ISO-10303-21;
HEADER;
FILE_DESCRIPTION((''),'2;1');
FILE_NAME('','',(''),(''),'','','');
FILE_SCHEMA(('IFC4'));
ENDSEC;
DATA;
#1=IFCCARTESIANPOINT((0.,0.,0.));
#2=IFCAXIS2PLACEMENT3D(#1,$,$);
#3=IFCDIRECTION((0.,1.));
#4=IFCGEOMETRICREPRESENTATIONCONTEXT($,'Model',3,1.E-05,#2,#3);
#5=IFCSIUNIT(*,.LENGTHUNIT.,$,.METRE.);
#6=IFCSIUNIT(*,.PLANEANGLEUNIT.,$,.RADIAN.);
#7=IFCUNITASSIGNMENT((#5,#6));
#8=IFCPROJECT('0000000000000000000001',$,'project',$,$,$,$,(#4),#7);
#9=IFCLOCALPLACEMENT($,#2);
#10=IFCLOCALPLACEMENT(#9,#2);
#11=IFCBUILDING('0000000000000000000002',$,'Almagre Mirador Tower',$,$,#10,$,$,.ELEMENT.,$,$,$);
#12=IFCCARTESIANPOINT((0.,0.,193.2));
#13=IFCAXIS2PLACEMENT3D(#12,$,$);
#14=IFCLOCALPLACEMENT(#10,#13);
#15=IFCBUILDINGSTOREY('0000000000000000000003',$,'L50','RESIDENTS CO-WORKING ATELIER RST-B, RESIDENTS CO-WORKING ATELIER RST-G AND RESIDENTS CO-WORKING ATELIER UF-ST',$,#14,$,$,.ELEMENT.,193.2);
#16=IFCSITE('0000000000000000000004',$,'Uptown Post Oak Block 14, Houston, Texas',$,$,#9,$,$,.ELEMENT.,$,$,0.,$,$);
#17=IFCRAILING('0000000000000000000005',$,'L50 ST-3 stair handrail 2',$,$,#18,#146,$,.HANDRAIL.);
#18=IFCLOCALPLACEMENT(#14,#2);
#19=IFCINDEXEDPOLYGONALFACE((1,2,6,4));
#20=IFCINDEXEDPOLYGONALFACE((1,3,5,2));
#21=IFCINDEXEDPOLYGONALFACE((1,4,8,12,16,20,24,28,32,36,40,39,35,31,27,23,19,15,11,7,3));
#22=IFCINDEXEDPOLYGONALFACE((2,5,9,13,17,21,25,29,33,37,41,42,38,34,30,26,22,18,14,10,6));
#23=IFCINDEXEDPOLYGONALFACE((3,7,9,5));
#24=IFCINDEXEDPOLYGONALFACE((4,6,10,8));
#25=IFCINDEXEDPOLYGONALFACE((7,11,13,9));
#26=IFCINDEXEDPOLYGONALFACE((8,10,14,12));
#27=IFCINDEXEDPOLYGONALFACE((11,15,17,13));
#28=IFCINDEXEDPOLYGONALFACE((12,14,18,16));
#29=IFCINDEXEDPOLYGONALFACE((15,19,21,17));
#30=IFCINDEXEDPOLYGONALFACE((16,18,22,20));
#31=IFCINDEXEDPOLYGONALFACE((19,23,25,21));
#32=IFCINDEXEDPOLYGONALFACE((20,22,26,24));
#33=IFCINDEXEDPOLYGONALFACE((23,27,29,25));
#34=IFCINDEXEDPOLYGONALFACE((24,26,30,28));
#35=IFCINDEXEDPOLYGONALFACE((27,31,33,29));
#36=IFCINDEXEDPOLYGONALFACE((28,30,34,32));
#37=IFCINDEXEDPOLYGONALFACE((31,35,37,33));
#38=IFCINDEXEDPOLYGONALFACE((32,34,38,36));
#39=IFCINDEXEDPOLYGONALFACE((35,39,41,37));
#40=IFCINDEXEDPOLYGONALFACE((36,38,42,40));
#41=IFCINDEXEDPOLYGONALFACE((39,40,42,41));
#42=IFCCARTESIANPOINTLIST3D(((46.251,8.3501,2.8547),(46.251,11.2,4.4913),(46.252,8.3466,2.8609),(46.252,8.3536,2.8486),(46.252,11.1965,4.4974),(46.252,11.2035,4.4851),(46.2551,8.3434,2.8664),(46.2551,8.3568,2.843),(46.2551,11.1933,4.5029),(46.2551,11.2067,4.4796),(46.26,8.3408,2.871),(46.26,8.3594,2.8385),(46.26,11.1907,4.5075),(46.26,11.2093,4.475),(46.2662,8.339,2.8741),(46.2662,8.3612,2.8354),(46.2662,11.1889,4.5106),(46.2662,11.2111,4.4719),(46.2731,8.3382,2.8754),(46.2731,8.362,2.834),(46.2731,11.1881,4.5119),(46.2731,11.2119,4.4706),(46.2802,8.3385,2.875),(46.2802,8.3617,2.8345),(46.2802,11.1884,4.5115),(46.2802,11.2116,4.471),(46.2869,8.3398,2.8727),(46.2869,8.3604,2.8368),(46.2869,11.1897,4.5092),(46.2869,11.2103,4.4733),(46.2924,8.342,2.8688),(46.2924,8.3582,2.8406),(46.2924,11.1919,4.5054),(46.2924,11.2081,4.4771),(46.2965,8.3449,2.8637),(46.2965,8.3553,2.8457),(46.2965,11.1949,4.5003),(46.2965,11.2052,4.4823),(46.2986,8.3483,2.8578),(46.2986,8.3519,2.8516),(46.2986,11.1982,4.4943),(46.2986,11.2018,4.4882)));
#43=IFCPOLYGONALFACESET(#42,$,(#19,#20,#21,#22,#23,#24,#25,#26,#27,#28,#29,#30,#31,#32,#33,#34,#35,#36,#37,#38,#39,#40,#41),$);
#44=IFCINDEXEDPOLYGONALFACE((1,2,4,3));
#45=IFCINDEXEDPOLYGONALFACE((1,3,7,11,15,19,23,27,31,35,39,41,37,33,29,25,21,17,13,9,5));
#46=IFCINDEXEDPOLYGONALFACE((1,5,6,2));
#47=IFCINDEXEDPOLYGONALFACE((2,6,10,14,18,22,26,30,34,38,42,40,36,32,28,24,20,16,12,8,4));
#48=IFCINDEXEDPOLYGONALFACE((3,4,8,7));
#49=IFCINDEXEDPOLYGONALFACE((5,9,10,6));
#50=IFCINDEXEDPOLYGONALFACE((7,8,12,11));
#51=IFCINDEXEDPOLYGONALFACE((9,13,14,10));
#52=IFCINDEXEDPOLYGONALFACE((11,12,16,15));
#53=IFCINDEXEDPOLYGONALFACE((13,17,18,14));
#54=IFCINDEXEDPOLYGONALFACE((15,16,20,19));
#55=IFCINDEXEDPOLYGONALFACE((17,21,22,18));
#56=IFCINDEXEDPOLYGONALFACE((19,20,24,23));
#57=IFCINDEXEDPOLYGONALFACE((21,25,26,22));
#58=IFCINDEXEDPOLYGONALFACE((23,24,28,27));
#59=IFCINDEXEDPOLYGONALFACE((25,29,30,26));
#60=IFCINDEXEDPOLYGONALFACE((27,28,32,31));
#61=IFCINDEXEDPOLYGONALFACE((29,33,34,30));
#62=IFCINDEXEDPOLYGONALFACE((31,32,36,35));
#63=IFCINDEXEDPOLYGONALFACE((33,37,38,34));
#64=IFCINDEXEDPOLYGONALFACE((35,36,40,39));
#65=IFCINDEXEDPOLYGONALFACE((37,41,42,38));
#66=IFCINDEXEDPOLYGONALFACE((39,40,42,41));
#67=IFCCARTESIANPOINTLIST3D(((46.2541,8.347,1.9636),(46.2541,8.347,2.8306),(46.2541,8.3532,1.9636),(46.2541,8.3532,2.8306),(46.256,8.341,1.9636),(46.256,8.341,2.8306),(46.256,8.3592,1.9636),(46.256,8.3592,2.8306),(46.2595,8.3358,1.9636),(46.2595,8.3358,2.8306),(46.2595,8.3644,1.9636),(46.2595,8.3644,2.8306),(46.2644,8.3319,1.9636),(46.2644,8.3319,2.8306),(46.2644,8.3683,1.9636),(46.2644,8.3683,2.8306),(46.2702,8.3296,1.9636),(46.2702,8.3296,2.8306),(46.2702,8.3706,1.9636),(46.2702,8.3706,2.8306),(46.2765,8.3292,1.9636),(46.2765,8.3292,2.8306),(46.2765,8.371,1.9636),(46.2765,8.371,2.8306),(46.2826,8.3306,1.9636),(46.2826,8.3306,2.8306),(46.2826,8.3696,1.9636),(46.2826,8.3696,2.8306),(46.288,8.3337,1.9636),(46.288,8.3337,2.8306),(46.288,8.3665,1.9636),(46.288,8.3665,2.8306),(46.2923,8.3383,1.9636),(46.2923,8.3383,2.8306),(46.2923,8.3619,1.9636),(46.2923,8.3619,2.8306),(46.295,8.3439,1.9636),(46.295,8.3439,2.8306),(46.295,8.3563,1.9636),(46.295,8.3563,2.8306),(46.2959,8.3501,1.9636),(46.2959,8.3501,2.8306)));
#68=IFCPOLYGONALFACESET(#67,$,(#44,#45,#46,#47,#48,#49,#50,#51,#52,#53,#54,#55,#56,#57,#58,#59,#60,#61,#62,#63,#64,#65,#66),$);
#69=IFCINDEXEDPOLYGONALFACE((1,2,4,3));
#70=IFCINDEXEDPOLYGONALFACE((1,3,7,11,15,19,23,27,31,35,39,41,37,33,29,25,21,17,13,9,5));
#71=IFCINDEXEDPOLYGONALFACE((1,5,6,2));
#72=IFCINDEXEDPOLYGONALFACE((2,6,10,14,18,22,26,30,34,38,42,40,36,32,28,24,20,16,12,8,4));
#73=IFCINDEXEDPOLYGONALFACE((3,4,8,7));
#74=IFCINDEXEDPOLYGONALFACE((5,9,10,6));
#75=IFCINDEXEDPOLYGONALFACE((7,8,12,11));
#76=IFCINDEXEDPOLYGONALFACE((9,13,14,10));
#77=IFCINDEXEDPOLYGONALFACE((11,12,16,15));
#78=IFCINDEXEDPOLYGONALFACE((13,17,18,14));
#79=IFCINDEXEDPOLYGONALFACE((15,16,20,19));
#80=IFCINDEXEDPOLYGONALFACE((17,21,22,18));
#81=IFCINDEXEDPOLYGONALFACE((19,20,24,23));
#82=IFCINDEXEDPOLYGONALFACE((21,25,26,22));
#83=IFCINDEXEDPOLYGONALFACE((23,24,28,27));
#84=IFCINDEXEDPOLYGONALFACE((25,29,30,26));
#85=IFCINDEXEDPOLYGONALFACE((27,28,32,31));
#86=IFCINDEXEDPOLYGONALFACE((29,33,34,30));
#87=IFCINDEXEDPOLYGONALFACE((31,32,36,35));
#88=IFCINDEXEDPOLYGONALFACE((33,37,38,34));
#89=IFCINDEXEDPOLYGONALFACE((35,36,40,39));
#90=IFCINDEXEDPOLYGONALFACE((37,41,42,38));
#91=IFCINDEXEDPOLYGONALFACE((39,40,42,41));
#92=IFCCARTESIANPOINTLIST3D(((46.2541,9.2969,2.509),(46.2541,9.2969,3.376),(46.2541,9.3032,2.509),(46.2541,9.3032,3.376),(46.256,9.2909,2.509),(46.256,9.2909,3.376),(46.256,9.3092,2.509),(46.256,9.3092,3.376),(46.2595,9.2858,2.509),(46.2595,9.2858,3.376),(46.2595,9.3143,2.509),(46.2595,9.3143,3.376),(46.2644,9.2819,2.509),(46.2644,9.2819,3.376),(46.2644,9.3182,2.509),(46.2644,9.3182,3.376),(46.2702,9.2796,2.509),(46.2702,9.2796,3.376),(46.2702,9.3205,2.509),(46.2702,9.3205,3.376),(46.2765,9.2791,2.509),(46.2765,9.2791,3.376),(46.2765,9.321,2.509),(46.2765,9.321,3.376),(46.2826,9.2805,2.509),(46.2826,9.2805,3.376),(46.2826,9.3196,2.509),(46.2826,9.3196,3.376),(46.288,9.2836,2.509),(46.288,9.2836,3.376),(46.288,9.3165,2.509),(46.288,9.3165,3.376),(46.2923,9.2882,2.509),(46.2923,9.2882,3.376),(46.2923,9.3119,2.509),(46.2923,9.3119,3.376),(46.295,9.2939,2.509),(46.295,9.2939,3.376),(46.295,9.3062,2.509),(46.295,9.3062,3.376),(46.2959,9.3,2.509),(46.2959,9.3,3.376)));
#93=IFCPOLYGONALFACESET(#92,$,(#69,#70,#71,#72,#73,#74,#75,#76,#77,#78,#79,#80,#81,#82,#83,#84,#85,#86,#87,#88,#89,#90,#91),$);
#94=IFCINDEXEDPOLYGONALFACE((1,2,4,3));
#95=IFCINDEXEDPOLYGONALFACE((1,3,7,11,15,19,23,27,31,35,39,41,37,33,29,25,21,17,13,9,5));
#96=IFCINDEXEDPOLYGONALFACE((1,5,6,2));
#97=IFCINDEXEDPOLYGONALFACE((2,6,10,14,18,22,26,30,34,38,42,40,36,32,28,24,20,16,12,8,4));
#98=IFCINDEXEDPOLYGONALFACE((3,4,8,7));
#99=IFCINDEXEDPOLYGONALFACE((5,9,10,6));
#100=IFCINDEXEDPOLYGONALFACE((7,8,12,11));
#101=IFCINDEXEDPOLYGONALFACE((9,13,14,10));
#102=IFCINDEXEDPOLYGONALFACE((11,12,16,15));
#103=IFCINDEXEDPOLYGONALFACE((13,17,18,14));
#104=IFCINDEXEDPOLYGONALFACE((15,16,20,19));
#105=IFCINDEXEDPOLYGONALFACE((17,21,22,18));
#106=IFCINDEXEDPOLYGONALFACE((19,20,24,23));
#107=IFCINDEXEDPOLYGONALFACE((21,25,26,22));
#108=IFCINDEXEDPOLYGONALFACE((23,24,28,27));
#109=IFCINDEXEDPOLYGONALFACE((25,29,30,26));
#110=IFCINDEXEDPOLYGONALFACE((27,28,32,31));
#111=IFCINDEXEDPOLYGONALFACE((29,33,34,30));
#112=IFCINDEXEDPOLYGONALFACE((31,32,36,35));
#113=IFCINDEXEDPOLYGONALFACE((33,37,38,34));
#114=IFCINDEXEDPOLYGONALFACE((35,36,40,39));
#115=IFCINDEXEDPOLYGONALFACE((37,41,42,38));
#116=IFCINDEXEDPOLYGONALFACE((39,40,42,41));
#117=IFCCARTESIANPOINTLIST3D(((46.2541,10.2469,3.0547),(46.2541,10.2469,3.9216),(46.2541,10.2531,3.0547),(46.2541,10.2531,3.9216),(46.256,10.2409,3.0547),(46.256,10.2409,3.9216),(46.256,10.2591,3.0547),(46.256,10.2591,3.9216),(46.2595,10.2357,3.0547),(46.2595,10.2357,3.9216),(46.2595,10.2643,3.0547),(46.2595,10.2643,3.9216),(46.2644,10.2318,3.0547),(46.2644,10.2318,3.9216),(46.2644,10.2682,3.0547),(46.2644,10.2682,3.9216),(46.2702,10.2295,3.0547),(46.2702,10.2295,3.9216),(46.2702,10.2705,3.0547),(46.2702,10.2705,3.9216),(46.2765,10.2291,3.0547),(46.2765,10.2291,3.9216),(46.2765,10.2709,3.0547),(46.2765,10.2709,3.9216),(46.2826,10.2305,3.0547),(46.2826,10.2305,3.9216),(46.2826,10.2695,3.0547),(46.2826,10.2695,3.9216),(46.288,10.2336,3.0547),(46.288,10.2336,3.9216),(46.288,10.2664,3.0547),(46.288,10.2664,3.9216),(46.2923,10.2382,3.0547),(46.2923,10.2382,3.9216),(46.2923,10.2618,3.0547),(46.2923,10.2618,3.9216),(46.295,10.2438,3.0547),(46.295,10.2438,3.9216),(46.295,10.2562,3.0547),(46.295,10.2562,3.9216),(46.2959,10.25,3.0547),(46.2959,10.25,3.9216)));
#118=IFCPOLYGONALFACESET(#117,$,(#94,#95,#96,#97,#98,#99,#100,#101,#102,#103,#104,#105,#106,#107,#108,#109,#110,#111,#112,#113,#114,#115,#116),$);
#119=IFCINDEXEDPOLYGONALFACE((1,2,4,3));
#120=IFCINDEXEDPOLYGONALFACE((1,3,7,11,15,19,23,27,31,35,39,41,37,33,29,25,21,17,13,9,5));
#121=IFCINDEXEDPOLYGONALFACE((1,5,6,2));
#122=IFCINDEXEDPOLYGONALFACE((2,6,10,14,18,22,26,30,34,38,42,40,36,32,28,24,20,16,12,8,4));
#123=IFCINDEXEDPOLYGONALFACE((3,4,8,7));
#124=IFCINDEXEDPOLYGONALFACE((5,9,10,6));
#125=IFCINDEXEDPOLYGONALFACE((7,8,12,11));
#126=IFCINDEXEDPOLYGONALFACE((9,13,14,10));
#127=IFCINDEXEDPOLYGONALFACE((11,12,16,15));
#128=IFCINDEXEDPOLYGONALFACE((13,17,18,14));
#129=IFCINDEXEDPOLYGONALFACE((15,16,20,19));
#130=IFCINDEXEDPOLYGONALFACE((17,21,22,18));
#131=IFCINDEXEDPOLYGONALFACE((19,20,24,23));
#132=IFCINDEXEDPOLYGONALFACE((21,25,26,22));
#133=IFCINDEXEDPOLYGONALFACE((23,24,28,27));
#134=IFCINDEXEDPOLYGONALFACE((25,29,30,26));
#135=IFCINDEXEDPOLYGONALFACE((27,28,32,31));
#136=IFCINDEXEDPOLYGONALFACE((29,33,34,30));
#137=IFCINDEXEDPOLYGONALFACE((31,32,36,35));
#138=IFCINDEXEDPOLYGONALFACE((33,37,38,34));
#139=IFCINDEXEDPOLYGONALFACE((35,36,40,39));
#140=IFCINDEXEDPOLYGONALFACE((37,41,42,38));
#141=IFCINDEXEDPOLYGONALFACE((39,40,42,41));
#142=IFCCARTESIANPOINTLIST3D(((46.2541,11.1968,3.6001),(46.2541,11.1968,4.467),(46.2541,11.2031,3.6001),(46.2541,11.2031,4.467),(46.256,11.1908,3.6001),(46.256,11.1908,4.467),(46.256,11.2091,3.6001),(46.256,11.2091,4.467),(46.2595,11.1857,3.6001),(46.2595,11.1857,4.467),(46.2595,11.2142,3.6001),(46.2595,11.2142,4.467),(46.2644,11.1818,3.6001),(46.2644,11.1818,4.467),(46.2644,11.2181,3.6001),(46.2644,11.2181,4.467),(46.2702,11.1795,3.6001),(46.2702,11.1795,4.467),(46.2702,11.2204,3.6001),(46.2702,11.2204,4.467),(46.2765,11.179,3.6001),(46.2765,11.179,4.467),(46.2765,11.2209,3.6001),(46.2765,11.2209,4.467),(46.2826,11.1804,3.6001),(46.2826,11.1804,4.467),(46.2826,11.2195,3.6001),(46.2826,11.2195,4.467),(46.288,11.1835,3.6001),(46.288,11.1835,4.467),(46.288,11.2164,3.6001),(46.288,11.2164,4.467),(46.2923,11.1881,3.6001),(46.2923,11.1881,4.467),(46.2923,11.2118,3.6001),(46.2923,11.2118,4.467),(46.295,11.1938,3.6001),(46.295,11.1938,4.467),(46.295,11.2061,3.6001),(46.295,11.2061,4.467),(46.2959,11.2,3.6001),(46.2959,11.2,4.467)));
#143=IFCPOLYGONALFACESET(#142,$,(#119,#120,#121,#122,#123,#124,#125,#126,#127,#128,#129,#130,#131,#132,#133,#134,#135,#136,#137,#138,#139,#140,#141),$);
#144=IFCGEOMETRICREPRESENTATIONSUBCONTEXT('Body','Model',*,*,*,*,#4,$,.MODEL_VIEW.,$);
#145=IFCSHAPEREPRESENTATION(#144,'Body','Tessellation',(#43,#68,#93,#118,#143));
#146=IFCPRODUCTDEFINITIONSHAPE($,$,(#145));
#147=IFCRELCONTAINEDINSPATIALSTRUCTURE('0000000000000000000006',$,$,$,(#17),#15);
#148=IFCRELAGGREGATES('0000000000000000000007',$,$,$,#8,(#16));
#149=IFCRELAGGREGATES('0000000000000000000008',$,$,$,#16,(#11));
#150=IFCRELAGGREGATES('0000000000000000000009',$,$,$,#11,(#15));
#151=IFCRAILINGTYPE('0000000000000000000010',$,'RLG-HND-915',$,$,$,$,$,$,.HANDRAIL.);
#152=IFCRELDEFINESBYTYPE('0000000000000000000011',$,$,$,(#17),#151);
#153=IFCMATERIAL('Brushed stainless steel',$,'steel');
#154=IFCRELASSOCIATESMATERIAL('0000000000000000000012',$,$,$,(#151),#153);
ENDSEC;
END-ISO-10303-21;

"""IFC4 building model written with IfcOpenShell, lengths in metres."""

from ifc_helpers import new_model, si_unit, direction, frame, origin, origin_2d, place, context, subcontext, project, spatial, circle, extrude, material, type_object, element, save


model = new_model("IFC4")

# Units and contexts
model_context = context("Model", 3, precision=1e-05, world=origin(), true_north=direction((0.0, 1.0)))
body_context = subcontext(model_context, "Body", "Model", "MODEL_VIEW")
ifc_project = project(units=[si_unit("LENGTHUNIT", "METRE"), si_unit("PLANEANGLEUNIT", "RADIAN")], contexts=[model_context])

# Site, building, storey
site_placement = place(None, origin())
site = spatial("IfcSite", under=ifc_project, at=site_placement, Name="Uptown Post Oak Block 14, Houston, Texas", CompositionType="ELEMENT", RefElevation=0.0)
building_placement = place(site_placement, origin())
building = spatial("IfcBuilding", under=site, at=building_placement, Name="Almagre Mirador Tower", CompositionType="ELEMENT")
storey_placement = place(building_placement, frame((0.0, 0.0, 193.2)))
storey = spatial("IfcBuildingStorey", under=building, at=storey_placement, Name="L50", Description="RESIDENTS CO-WORKING ATELIER RST-B, RESIDENTS CO-WORKING ATELIER RST-G AND RESIDENTS CO-WORKING ATELIER UF-ST", CompositionType="ELEMENT", Elevation=193.2)

# Railing
ifc_material_1 = material(Name="Brushed stainless steel", Category="steel")
railing_type_1 = type_object("IfcRailingType", Name="RLG-HND-915", PredefinedType="HANDRAIL", material=ifc_material_1)
railing_1_placement = place(storey_placement, frame((46.2749, 8.3501, 1.9636)))
element("IfcRailing", 1, at=railing_1_placement, inside=storey, type_object=railing_type_1, Name="L50 ST-3 stair handrail 2", PredefinedType="HANDRAIL", context=body_context, shape_type="SweptSolid", body=[
    extrude(circle(Radius=0.0239, at=origin_2d()), frame((0.0, 0.0, 0.8911), z_axis=(0.0, 0.867194, 0.49797), x_axis=(-1.0, 0.0, 0.0)), (0.0, 0.0, 1.0), 3.2864),
    extrude(circle(Radius=0.021, at=origin_2d()), origin(), (0.0, 0.0, 1.0), 0.8669),
    extrude(circle(Radius=0.021, at=origin_2d()), frame((0.0, 0.95, 0.5454)), (0.0, 0.0, 1.0), 0.8669),
    extrude(circle(Radius=0.021, at=origin_2d()), frame((0.0, 1.8999, 1.0911)), (0.0, 0.0, 1.0), 0.8669),
    extrude(circle(Radius=0.021, at=origin_2d()), frame((0.0, 2.8499, 1.6365)), (0.0, 0.0, 1.0), 0.8669),
])

save(model, "model.ifc")
